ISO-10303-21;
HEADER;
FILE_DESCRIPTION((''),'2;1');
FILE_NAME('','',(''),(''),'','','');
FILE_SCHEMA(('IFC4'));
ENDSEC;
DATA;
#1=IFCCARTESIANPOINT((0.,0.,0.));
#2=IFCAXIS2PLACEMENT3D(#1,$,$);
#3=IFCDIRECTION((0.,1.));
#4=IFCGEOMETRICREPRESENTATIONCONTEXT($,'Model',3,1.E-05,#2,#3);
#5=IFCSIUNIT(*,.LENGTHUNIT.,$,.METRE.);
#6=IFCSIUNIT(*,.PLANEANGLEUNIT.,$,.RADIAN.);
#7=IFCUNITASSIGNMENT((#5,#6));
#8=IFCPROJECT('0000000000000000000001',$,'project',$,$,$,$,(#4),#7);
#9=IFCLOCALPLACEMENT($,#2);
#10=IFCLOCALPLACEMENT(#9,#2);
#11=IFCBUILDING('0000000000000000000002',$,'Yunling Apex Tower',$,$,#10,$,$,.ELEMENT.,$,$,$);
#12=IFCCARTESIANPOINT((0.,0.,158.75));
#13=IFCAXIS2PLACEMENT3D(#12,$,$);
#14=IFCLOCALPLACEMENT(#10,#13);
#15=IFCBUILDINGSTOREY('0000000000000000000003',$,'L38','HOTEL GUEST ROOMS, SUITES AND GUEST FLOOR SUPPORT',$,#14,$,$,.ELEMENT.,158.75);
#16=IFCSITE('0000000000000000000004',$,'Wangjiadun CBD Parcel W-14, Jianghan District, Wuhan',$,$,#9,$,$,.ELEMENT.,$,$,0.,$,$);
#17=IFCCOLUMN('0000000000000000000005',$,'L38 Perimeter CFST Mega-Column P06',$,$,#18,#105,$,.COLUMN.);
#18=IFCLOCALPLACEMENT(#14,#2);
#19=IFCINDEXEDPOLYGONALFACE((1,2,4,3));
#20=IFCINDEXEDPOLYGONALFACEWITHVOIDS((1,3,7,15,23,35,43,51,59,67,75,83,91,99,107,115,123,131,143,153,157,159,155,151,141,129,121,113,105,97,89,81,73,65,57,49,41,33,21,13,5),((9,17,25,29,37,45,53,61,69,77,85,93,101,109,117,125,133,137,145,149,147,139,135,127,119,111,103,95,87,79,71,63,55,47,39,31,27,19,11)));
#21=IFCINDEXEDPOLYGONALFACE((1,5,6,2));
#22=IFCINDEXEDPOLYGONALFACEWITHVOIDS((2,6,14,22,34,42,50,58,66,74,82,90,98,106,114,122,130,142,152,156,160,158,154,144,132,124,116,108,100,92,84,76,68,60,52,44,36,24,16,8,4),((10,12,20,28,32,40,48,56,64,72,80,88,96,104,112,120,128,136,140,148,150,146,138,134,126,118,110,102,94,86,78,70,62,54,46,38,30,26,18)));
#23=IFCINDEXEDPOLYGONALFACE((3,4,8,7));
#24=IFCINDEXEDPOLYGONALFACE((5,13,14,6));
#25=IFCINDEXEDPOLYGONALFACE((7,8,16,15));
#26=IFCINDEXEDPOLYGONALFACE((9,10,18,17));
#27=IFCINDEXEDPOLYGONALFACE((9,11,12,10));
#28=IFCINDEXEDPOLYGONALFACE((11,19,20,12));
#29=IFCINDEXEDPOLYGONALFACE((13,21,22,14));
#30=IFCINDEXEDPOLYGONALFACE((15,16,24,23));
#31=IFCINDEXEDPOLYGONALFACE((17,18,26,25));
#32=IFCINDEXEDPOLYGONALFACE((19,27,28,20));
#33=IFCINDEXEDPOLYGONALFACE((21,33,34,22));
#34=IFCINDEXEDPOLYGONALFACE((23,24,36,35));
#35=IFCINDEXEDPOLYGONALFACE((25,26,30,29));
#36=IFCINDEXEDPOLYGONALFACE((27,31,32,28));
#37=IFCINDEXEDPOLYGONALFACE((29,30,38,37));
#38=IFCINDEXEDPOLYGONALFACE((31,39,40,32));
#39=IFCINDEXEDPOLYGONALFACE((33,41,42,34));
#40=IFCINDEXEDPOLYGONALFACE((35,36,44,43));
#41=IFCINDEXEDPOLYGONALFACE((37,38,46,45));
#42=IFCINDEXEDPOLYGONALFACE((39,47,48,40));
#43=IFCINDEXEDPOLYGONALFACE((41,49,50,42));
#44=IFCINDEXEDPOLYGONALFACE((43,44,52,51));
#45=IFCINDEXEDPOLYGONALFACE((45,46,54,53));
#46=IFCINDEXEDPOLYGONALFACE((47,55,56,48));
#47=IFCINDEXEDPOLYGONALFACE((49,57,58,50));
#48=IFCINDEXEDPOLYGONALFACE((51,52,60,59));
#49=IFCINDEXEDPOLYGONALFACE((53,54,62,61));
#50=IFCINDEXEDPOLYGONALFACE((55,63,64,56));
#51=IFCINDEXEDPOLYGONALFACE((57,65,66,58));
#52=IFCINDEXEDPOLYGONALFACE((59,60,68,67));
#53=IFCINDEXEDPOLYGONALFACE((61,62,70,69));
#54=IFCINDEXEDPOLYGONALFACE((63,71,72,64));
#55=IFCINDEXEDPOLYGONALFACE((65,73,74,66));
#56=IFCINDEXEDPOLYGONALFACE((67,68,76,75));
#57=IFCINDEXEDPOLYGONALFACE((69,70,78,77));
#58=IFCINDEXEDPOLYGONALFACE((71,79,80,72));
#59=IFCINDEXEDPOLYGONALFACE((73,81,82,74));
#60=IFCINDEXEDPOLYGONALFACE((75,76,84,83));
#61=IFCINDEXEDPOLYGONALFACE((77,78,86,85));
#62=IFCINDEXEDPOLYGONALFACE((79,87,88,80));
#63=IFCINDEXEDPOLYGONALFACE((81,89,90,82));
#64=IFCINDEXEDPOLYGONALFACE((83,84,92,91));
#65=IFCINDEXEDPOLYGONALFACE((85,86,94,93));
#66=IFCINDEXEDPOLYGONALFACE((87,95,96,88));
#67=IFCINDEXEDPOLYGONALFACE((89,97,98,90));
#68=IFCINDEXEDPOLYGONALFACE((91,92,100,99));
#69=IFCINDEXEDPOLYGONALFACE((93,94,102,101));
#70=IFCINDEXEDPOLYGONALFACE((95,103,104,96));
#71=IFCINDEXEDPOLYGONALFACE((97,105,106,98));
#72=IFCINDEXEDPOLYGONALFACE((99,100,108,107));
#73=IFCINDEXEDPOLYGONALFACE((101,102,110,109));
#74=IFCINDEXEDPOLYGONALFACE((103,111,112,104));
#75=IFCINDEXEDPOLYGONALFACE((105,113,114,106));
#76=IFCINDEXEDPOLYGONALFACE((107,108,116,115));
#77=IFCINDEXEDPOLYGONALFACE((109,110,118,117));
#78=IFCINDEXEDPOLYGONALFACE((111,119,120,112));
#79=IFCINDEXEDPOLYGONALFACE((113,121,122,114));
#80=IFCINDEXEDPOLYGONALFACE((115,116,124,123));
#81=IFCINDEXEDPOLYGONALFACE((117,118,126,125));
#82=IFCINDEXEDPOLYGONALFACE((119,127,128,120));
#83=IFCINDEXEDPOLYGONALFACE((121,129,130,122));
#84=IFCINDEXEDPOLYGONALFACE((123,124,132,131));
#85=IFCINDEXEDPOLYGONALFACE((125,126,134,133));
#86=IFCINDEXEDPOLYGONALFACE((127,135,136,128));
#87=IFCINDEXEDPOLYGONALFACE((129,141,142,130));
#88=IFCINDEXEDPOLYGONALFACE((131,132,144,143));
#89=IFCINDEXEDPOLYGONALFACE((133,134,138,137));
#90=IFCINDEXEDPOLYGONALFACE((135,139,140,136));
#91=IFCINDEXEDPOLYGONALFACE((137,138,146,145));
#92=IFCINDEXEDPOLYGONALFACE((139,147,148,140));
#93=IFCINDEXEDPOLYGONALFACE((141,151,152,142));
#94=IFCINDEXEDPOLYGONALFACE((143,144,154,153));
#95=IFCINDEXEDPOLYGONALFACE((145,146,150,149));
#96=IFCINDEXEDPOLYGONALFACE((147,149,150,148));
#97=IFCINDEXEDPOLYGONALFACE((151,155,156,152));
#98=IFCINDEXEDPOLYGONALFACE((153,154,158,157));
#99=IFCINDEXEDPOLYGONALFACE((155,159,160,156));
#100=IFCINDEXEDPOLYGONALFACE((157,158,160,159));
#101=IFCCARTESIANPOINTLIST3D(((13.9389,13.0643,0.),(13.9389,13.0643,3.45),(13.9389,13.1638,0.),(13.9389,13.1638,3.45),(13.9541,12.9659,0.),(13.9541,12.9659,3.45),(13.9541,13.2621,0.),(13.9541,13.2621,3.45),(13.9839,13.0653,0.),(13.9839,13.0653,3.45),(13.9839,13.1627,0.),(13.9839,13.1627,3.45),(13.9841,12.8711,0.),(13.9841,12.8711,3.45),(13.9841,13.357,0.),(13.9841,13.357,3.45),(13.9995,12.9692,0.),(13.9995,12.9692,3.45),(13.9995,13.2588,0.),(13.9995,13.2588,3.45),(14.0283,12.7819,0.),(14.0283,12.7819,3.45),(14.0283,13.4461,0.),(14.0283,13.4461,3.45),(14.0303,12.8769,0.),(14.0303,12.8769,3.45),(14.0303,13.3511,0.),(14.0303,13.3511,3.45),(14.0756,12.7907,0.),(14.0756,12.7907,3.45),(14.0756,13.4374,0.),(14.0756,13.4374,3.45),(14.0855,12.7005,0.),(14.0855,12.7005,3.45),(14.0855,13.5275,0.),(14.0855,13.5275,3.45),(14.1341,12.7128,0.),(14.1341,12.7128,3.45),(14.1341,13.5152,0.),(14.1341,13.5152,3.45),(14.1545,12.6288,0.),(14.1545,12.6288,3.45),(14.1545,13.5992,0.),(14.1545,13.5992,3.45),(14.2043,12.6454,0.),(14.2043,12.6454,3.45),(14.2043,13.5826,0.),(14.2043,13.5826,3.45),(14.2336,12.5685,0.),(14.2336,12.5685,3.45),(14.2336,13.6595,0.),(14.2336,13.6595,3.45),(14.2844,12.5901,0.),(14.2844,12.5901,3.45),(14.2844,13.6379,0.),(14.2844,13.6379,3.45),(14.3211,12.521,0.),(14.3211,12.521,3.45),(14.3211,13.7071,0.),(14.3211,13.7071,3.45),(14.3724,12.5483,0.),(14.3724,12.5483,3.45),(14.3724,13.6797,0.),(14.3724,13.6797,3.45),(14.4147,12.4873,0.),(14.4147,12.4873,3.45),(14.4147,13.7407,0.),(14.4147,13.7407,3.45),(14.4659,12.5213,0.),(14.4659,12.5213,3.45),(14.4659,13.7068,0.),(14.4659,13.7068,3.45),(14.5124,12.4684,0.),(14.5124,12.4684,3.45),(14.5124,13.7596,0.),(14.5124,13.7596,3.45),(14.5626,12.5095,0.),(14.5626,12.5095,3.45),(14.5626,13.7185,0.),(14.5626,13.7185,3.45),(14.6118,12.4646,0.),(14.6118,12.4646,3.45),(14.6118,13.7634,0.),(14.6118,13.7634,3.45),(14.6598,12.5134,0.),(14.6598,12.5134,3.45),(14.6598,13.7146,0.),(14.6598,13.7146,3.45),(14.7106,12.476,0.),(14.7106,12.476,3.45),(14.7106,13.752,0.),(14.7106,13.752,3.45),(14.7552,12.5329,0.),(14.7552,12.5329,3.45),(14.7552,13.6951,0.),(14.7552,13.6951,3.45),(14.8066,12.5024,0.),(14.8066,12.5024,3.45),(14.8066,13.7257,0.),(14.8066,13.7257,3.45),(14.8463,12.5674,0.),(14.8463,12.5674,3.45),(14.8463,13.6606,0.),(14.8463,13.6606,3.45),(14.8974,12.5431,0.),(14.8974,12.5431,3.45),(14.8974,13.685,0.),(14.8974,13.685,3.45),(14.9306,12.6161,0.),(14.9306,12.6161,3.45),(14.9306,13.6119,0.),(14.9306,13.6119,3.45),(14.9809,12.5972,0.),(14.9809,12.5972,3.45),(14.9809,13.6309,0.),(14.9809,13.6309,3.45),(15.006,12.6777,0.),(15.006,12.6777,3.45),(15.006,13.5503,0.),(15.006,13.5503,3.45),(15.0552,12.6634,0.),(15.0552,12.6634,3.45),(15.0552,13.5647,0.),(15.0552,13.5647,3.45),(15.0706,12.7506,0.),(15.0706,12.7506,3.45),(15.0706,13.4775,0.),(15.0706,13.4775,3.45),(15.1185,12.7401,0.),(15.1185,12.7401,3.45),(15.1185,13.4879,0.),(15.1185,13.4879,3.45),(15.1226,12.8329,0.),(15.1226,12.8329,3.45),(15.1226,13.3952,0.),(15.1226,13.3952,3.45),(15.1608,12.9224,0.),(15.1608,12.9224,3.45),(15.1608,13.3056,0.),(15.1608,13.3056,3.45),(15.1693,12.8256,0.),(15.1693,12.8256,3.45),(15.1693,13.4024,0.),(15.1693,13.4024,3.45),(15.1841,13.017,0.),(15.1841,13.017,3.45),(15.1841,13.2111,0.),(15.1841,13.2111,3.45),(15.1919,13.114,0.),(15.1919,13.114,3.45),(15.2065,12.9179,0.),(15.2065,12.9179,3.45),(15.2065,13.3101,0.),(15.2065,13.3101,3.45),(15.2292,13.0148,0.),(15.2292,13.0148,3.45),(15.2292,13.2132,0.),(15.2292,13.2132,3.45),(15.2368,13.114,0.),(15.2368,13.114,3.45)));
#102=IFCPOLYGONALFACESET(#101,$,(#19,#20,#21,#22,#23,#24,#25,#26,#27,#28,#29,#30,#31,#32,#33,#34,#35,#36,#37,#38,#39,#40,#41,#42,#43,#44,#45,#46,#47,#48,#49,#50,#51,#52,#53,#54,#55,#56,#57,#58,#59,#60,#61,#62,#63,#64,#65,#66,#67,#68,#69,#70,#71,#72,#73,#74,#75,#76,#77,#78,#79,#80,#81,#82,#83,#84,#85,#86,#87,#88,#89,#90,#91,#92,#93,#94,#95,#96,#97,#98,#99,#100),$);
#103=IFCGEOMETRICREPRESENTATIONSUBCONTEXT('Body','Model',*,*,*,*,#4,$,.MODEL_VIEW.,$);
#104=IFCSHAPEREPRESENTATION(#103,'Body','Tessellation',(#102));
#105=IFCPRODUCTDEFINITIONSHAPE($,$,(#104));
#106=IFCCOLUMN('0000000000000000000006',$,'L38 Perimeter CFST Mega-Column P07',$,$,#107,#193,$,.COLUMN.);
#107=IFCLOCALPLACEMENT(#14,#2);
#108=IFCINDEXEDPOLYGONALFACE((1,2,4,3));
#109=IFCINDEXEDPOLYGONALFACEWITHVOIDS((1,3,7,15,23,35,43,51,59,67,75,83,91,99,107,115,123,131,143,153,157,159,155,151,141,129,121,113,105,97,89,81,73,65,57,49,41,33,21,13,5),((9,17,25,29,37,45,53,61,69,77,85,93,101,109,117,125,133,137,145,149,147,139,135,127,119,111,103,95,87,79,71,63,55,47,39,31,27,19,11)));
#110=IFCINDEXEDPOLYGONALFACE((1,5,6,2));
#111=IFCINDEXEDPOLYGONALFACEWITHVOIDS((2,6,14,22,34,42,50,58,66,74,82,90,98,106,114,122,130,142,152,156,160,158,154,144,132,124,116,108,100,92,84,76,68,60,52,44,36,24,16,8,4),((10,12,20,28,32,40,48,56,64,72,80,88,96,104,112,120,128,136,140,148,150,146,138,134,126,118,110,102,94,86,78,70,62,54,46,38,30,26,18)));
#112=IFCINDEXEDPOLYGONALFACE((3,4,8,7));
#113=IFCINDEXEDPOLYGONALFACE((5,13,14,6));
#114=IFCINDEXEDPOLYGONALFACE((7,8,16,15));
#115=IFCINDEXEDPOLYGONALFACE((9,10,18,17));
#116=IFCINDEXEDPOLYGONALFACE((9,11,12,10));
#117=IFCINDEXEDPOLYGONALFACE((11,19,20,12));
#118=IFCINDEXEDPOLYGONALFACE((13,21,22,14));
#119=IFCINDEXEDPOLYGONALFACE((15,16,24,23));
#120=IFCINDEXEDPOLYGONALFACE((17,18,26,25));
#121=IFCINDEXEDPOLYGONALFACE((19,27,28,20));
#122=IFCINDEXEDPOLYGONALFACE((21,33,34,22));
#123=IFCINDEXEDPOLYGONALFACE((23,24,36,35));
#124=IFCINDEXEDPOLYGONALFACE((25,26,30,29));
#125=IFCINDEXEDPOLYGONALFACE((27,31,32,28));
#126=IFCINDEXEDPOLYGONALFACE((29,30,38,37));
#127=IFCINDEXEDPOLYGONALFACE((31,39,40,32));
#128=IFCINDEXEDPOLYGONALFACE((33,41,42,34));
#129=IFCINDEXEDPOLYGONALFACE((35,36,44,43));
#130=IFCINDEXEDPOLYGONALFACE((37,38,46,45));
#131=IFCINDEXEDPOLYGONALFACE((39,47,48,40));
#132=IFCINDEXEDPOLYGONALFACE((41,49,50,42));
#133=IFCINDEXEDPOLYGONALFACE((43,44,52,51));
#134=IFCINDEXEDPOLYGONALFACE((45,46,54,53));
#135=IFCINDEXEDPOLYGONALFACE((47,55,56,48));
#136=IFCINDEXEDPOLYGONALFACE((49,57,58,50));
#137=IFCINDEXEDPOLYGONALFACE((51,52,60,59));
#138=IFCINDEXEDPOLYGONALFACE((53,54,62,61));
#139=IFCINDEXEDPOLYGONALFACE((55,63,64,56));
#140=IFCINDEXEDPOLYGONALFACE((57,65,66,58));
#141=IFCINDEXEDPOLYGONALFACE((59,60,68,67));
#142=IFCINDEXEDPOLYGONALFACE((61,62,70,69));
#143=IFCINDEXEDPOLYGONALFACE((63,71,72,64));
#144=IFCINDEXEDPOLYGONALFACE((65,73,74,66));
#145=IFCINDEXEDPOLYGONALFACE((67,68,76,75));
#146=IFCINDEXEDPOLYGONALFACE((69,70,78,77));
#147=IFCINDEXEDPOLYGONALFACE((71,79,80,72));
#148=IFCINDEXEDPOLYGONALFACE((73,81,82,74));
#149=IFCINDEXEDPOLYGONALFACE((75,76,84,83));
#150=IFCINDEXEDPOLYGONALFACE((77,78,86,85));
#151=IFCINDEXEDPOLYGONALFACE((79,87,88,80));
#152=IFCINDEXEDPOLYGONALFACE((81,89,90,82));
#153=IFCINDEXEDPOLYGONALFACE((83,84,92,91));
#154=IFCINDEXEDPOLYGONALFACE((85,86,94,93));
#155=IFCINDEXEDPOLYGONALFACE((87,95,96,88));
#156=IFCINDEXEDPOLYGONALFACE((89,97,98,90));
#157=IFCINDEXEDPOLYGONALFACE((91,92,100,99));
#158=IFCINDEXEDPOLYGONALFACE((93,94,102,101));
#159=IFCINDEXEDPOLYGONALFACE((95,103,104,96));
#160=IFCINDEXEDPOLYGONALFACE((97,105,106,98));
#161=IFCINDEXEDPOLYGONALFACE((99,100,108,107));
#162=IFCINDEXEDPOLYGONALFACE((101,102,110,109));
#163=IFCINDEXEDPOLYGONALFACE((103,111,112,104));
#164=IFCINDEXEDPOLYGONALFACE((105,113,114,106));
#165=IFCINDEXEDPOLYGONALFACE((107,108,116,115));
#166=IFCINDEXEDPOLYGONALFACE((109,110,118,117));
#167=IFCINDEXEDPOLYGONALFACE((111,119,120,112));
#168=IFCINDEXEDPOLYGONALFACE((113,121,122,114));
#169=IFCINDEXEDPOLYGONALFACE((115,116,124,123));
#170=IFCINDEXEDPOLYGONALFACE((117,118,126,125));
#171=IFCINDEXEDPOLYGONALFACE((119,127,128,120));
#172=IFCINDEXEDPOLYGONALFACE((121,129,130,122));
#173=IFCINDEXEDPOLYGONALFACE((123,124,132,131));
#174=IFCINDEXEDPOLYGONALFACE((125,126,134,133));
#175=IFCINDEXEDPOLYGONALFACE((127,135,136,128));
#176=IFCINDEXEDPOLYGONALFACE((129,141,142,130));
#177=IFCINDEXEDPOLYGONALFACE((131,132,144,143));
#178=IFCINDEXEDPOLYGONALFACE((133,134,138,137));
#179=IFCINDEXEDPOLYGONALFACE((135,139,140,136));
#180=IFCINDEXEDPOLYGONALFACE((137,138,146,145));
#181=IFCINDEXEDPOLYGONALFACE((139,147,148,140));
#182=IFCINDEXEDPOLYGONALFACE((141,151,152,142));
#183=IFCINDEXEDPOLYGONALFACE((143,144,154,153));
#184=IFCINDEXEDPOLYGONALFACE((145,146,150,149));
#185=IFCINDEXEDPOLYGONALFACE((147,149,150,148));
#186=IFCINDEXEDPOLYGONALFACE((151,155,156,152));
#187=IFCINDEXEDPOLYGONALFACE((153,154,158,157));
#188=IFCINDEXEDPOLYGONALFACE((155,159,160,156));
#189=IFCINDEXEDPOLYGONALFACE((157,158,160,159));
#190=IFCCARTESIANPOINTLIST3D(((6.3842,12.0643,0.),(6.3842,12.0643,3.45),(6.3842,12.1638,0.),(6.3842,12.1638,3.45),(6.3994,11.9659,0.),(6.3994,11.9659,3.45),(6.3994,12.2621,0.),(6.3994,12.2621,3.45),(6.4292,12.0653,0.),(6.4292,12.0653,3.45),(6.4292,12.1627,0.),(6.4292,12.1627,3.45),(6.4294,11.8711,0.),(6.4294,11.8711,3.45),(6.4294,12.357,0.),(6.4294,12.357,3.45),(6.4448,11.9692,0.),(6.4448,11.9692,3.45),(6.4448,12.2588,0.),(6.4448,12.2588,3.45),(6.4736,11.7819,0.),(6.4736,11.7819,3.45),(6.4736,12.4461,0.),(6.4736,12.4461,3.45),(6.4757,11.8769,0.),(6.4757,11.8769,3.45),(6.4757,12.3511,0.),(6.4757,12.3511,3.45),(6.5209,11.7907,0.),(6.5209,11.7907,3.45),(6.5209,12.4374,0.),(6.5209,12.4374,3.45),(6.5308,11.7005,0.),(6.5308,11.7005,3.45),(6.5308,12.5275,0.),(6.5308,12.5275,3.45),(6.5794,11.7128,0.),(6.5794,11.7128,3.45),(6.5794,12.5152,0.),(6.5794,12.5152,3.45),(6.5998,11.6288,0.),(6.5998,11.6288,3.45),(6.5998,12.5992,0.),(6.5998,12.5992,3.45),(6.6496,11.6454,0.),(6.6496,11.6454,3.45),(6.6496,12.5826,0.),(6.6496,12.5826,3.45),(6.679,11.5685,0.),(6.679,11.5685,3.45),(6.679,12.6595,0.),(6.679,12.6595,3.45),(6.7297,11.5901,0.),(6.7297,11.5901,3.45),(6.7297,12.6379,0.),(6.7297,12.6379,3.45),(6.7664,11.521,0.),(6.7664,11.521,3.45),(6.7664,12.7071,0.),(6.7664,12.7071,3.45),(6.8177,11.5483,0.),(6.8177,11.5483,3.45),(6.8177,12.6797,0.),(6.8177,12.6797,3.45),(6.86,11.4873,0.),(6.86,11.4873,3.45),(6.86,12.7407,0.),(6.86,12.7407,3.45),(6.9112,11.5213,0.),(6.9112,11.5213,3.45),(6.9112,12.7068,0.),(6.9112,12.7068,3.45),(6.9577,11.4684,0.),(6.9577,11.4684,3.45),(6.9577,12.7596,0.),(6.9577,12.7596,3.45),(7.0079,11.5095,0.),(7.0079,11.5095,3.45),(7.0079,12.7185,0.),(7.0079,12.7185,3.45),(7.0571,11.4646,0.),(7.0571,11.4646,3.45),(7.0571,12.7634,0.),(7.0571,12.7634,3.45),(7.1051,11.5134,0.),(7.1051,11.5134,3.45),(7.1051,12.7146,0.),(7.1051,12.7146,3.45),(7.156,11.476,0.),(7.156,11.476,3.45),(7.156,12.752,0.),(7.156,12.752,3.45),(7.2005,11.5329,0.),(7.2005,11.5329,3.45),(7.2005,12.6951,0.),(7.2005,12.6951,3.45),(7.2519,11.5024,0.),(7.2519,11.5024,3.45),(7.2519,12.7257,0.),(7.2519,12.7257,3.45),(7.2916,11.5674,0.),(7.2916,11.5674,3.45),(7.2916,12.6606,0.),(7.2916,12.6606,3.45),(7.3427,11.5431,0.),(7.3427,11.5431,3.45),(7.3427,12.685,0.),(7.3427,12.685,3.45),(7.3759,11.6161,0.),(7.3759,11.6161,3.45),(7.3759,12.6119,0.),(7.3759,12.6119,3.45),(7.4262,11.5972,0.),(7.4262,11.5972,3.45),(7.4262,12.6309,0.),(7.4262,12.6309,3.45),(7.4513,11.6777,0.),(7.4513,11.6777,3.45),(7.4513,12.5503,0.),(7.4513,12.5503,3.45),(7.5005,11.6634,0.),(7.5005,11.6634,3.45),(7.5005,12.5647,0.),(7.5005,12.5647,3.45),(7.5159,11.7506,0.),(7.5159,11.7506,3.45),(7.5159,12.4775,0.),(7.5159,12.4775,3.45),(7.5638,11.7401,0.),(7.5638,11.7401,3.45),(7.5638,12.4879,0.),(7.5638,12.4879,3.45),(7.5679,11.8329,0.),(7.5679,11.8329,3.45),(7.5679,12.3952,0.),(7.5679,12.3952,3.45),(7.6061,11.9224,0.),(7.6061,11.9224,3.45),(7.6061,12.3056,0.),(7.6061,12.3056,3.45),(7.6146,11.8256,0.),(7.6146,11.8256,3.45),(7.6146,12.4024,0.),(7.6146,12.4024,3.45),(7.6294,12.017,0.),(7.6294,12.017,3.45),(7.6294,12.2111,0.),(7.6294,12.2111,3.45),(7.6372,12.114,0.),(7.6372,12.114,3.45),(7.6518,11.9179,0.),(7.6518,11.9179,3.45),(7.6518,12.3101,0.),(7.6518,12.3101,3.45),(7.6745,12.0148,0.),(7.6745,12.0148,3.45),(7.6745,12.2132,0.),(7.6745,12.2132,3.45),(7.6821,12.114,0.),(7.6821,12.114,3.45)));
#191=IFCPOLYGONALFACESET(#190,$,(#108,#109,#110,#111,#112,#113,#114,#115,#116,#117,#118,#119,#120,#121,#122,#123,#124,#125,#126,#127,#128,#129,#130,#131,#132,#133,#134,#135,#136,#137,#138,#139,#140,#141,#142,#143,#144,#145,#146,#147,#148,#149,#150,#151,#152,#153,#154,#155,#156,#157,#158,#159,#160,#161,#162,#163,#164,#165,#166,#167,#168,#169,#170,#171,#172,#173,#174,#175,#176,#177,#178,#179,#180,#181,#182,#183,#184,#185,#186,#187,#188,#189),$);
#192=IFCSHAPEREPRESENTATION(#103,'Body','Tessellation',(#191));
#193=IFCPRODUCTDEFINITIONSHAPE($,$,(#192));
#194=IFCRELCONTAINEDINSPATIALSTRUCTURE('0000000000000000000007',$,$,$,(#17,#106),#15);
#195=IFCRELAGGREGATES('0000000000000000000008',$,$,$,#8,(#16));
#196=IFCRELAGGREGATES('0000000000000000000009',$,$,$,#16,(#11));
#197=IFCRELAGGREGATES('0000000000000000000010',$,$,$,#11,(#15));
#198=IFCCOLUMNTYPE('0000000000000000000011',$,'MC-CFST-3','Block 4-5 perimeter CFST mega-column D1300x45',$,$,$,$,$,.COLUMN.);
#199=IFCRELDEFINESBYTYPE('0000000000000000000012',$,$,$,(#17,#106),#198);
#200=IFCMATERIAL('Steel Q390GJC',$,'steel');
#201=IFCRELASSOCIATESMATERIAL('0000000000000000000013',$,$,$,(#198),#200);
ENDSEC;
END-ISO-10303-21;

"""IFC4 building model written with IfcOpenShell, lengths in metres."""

from ifc_helpers import new_model, si_unit, direction, frame, origin, origin_2d, place, context, subcontext, project, spatial, hollow_circle, extrude, source, transform, mapped, material, material_profile, profile_set, type_object, element, save


model = new_model("IFC4")

# Units and contexts
model_context = context("Model", 3, precision=1e-05, world=origin(), true_north=direction((0.0, 1.0)))
body_context = subcontext(model_context, "Body", "Model", "MODEL_VIEW")
ifc_project = project(units=[si_unit("LENGTHUNIT", "METRE"), si_unit("PLANEANGLEUNIT", "RADIAN")], contexts=[model_context])

# Site, building, storey
site_placement = place(None, origin())
site = spatial("IfcSite", under=ifc_project, at=site_placement, Name="Wangjiadun CBD Parcel W-14, Jianghan District, Wuhan", CompositionType="ELEMENT", RefElevation=0.0)
building_placement = place(site_placement, origin())
building = spatial("IfcBuilding", under=site, at=building_placement, Name="Yunling Apex Tower", CompositionType="ELEMENT")
storey_placement = place(building_placement, frame((0.0, 0.0, 158.75)))
storey = spatial("IfcBuildingStorey", under=building, at=storey_placement, Name="L38", Description="HOTEL GUEST ROOMS, SUITES AND GUEST FLOOR SUPPORT", CompositionType="ELEMENT", Elevation=158.75)

# Columns
ifc_material_1 = material(Name="Steel Q390GJC", Category="steel")
ifc_material_profile_1 = material_profile(ifc_material_1, hollow_circle(Radius=0.6499, WallThickness=0.0449, at=origin_2d()))
ifc_profile_set_1 = profile_set([ifc_material_profile_1], Name="Steel Q390GJC")
column_type = type_object("IfcColumnType", Name="MC-CFST-3", Description="Block 4-5 perimeter CFST mega-column D1300x45", PredefinedType="COLUMN", material=ifc_profile_set_1)
shared_shape_1 = source(origin(), body_context, "Body", "SweptSolid", [
    extrude(hollow_circle(Radius=0.6499, WallThickness=0.0449, at=origin_2d()), origin(), (0.0, 0.0, 1.0), 3.45),
])
for number, where, z_axis, x_axis, name in (
    (1, (14.5869, 13.114, 0.0), (0.0, 0.0, 1.0), (1.0, 0.0, 0.0), "L38 Perimeter CFST Mega-Column P06"),
    (2, (7.0322, 12.114, 0.0), (0.0, 0.0, 1.0), (1.0, 0.0, 0.0), "L38 Perimeter CFST Mega-Column P07"),
):
    element("IfcColumn", number, at=place(storey_placement, frame(where, z_axis=z_axis, x_axis=x_axis)), inside=storey, type_object=column_type, Name=name, PredefinedType="COLUMN", context=body_context, shape_type="MappedRepresentation", body=[
        mapped(shared_shape_1, transform((0.0, 0.0, 0.0), scale=1.0)),
    ])

save(model, "model.ifc")
